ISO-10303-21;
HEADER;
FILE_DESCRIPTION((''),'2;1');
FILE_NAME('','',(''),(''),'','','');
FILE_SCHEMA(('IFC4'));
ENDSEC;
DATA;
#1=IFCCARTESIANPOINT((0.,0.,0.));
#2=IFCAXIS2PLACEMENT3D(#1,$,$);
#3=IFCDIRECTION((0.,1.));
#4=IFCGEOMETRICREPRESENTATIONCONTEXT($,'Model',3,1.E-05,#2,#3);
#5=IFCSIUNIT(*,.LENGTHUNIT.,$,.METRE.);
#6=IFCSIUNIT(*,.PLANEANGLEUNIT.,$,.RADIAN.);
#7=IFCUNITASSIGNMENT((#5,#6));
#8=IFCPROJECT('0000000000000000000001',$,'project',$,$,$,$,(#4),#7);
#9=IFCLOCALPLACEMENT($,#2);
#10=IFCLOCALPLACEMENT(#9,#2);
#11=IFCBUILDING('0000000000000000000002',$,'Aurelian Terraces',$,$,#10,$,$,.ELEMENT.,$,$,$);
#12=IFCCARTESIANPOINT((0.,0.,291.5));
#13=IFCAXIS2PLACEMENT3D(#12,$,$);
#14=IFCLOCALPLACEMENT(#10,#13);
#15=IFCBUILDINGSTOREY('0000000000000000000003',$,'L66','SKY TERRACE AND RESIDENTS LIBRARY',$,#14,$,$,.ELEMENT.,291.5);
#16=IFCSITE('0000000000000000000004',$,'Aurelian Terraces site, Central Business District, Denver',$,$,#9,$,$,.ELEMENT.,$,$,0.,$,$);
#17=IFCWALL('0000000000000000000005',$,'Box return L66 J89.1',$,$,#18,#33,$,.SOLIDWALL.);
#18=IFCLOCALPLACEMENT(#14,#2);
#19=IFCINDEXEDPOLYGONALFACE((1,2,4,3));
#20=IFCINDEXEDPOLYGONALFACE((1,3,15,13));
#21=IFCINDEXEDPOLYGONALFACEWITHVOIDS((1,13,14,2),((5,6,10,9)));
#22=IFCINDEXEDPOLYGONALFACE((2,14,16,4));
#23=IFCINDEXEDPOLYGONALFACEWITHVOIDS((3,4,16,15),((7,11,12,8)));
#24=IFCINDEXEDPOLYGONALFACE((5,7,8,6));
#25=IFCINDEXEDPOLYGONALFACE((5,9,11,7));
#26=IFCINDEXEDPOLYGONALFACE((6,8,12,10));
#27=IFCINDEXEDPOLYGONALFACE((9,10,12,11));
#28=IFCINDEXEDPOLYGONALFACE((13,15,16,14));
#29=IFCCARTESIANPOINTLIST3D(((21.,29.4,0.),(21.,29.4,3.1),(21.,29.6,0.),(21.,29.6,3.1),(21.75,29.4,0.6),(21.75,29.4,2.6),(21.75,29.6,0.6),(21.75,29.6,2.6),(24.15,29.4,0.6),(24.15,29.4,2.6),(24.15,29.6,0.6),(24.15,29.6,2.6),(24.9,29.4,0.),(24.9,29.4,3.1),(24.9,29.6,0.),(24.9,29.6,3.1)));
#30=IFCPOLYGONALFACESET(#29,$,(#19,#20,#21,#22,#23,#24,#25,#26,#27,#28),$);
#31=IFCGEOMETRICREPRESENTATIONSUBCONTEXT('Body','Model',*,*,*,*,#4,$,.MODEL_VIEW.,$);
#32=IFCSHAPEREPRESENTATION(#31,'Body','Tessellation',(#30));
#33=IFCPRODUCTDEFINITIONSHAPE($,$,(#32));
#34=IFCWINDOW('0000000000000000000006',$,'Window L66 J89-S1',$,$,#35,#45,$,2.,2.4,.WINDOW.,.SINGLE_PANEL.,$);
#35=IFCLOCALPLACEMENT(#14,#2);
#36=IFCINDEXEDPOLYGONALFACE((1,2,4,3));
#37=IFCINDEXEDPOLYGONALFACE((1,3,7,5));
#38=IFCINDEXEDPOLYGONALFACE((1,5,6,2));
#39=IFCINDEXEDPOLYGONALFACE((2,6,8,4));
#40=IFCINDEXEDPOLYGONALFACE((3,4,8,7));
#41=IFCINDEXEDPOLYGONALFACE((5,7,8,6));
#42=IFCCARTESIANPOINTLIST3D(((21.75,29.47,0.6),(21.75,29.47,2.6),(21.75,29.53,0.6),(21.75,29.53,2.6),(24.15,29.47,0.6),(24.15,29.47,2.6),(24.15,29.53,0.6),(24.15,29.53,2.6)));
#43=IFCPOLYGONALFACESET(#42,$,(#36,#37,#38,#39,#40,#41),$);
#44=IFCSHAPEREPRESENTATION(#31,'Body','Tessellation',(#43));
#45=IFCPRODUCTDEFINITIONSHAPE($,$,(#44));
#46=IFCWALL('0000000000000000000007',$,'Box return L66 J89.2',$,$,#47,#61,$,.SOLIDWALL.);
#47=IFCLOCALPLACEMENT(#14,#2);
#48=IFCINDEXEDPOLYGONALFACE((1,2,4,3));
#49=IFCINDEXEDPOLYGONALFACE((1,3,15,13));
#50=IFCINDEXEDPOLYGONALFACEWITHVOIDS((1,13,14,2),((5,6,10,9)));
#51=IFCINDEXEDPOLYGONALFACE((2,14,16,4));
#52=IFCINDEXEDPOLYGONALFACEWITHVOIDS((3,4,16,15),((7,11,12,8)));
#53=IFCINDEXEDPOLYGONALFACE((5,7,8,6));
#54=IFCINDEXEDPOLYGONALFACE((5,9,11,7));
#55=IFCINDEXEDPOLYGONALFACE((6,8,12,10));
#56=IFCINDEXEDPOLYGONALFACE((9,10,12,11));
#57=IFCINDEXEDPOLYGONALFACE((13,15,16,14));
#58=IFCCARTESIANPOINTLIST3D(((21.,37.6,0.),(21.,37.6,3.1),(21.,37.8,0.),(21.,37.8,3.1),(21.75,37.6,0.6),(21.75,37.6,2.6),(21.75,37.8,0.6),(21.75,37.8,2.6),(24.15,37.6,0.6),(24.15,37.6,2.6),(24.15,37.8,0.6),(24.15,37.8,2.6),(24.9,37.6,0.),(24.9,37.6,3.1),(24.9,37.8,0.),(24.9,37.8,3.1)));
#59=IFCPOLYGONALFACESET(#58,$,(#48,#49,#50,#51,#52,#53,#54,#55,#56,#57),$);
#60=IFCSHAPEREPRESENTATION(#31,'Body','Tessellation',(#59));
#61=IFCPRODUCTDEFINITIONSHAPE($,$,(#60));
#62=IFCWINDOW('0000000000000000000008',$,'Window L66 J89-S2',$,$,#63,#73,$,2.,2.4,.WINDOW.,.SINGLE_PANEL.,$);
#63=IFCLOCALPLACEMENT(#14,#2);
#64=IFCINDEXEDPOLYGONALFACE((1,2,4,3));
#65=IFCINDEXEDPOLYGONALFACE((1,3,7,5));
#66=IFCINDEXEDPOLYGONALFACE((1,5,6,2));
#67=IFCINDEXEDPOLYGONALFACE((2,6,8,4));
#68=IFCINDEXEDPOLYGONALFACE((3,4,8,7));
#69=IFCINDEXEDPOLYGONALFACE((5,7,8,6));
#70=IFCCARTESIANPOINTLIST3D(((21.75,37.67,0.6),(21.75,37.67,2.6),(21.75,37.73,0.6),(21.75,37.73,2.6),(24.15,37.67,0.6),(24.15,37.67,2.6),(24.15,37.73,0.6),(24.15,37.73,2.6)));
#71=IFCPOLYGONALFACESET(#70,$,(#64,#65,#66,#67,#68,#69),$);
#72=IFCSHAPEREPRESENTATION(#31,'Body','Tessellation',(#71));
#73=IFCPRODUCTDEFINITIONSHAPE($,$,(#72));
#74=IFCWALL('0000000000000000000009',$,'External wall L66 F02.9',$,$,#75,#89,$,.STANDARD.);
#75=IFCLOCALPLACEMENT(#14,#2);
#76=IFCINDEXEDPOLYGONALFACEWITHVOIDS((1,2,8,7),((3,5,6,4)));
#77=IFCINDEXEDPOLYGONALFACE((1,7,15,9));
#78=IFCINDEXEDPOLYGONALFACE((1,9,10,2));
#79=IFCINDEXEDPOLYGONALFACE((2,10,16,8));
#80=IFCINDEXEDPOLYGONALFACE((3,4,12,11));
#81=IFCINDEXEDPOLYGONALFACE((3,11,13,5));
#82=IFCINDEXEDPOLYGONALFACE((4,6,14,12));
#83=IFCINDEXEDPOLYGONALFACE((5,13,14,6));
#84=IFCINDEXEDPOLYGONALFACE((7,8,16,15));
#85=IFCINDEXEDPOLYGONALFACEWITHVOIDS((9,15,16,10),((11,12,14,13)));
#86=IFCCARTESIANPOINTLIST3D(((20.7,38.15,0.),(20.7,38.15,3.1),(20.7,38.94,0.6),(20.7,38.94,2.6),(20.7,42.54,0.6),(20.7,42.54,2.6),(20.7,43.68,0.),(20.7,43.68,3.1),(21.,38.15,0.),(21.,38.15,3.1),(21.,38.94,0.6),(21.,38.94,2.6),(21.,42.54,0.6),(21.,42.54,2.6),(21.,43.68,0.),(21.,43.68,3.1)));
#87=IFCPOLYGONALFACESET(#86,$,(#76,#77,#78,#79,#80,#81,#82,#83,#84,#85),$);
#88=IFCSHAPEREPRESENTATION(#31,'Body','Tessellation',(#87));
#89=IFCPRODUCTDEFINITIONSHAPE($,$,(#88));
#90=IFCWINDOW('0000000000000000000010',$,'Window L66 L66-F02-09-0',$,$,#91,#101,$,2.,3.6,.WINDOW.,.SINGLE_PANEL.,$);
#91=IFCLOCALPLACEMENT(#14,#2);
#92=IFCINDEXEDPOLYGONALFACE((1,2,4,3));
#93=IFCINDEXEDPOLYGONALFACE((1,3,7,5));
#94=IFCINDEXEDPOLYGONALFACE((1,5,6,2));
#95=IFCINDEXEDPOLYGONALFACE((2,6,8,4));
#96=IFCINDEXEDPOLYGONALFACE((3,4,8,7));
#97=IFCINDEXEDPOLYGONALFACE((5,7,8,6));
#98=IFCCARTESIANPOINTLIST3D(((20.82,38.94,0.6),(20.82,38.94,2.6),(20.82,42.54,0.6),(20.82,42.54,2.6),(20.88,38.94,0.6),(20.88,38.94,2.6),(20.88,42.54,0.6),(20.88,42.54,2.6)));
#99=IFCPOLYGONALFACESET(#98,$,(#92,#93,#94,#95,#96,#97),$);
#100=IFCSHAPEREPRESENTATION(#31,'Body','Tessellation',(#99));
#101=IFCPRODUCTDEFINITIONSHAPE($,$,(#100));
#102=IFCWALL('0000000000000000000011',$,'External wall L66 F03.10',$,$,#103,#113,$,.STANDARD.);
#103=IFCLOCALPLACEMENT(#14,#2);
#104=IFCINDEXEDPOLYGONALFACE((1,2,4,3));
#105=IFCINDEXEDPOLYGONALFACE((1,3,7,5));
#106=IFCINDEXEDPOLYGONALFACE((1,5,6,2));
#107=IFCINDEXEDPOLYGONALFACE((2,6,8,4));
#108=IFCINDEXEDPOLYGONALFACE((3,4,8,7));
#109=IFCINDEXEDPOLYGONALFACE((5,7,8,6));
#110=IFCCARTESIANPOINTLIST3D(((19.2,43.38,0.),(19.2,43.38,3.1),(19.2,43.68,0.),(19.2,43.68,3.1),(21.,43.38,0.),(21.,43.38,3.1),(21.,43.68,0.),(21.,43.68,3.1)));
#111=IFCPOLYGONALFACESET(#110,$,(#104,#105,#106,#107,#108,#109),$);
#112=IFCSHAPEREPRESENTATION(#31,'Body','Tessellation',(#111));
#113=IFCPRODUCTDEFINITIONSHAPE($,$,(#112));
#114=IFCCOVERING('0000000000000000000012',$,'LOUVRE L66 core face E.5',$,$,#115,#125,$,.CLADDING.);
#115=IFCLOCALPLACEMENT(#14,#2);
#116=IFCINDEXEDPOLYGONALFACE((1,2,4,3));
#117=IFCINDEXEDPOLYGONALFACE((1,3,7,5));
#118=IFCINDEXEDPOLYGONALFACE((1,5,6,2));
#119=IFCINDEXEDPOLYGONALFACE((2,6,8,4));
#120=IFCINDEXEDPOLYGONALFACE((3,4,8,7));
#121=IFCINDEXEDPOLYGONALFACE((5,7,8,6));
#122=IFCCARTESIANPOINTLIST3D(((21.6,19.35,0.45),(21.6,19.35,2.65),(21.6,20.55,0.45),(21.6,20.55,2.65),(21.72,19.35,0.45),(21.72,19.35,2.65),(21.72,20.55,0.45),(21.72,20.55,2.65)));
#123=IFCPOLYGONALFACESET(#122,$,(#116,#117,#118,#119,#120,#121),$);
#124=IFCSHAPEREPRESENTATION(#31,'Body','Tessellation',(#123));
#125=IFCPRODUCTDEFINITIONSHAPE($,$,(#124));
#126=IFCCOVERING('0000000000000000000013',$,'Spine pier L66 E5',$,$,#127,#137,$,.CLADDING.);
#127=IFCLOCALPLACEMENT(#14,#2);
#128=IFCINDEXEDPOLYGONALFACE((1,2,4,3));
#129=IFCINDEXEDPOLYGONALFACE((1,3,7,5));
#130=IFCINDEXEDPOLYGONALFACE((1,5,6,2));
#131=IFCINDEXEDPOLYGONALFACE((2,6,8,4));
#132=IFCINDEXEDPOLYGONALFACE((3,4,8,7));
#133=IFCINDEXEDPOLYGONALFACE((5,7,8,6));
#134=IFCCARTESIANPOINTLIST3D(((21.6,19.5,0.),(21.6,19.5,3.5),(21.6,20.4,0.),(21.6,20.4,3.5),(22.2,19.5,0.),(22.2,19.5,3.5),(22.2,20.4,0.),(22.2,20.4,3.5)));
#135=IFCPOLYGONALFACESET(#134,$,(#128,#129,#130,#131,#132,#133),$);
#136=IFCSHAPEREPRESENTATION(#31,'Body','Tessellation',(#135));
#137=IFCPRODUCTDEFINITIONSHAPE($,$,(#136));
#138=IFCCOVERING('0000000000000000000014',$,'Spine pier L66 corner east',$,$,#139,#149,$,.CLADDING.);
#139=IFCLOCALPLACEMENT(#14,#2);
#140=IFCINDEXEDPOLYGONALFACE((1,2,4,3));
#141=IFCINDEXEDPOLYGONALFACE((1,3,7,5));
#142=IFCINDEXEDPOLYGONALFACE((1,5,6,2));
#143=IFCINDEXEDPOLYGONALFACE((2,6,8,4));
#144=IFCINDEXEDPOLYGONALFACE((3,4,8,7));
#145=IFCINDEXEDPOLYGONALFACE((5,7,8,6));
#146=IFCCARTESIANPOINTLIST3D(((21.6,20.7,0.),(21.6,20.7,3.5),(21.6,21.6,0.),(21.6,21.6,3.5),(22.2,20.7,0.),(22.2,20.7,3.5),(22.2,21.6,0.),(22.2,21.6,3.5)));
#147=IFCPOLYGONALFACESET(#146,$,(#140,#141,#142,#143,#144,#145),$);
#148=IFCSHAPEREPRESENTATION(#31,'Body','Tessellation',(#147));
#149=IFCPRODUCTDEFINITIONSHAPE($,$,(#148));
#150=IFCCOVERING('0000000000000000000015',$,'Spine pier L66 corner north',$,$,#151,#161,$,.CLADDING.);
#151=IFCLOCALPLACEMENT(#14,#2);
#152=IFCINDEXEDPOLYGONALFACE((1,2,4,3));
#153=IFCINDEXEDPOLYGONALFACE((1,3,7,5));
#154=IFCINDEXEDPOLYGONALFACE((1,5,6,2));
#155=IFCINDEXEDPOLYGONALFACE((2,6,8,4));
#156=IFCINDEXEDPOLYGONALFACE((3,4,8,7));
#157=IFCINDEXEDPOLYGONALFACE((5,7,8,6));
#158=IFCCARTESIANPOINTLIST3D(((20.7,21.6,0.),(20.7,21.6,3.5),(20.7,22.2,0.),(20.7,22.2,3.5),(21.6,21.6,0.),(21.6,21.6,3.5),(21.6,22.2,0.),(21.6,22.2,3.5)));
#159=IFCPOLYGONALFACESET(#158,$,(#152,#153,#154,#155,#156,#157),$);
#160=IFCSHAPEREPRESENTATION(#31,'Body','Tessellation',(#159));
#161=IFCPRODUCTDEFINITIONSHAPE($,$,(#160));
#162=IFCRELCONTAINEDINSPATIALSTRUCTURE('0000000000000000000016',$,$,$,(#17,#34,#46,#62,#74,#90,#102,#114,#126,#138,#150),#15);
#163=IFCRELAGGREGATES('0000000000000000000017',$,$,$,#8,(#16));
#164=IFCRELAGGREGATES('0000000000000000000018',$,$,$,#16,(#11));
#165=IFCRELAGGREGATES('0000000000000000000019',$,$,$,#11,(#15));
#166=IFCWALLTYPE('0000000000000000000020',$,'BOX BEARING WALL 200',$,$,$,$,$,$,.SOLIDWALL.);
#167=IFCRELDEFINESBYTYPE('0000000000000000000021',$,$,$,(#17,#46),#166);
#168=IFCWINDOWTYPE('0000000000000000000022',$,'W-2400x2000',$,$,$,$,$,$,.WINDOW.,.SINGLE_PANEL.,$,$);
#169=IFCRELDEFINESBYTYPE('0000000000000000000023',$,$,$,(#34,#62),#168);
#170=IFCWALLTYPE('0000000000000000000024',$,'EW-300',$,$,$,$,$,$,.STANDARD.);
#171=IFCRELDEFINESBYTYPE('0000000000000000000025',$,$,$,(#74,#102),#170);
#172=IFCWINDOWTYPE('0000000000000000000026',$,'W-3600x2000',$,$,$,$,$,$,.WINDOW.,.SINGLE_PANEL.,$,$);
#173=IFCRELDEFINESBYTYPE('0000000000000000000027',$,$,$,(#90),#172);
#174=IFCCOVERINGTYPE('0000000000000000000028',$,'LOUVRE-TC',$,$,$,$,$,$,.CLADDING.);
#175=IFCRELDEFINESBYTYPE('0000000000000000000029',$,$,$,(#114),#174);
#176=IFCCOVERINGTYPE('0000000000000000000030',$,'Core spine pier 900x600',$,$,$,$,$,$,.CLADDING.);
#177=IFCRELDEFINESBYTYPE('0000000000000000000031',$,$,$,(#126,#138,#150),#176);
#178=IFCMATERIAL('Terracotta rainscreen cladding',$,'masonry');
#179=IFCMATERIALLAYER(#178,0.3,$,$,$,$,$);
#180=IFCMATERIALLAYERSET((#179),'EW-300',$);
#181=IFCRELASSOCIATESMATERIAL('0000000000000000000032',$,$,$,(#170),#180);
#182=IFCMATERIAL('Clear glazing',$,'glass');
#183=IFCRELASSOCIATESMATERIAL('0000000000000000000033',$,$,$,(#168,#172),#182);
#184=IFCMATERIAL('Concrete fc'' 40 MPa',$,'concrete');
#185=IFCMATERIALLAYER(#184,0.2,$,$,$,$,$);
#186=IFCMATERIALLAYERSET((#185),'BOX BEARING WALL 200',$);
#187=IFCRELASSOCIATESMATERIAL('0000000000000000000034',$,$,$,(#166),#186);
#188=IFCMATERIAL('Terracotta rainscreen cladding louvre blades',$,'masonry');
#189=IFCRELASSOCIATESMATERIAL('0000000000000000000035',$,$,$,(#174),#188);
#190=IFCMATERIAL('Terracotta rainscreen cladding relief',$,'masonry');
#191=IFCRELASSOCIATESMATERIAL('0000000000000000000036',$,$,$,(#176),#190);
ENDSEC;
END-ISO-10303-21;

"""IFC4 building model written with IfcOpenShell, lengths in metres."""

from ifc_helpers import new_model, si_unit, direction, frame, frame_2d, origin, origin_2d, place, context, subcontext, project, spatial, rectangle, extrude, source, transform, mapped, material, layer, layer_set, type_object, element, fill, save


model = new_model("IFC4")

# Units and contexts
model_context = context("Model", 3, precision=1e-05, world=origin(), true_north=direction((0.0, 1.0)))
body_context = subcontext(model_context, "Body", "Model", "MODEL_VIEW")
ifc_project = project(units=[si_unit("LENGTHUNIT", "METRE"), si_unit("PLANEANGLEUNIT", "RADIAN")], contexts=[model_context])

# Site, building, storey
site_placement = place(None, origin())
site = spatial("IfcSite", under=ifc_project, at=site_placement, Name="Aurelian Terraces site, Central Business District, Denver", CompositionType="ELEMENT", RefElevation=0.0)
building_placement = place(site_placement, origin())
building = spatial("IfcBuilding", under=site, at=building_placement, Name="Aurelian Terraces", CompositionType="ELEMENT")
storey_placement = place(building_placement, frame((0.0, 0.0, 291.5)))
storey = spatial("IfcBuildingStorey", under=building, at=storey_placement, Name="L66", Description="SKY TERRACE AND RESIDENTS LIBRARY", CompositionType="ELEMENT", Elevation=291.5)

# Shared definitions
ifc_material_1 = material(Name="Concrete fc' 40 MPa", Category="concrete")
ifc_material_2 = material(Name="Clear glazing", Category="glass")

# Shared definitions
ifc_material_3 = material(Name="Terracotta rainscreen cladding", Category="masonry")
ifc_layer_1 = layer(ifc_material_3, 0.3)
ifc_layer_set_1 = layer_set([ifc_layer_1], Name="EW-300")
wall_type_1 = type_object("IfcWallType", Name="EW-300", PredefinedType="STANDARD", material=ifc_layer_set_1)

# Shared definitions
window_type_1 = type_object("IfcWindowType", Name="W-2400x2000", PartitioningType="SINGLE_PANEL", PredefinedType="WINDOW", material=ifc_material_2)
shared_shape_1 = source(origin(), body_context, "Body", "SweptSolid", [
    extrude(rectangle(XDim=2.4, YDim=2.0, at=frame_2d((1.2, 1.0))), frame((0.0, 0.03, 0.0), z_axis=(0.0, -1.0, 0.0), x_axis=(1.0, 0.0, 0.0)), (0.0, 0.0, 1.0), 0.06),
])

# Walls, openings, windows
ifc_layer_2 = layer(ifc_material_1, 0.2)
ifc_layer_set_2 = layer_set([ifc_layer_2], Name="BOX BEARING WALL 200")
wall_type_2 = type_object("IfcWallType", Name="BOX BEARING WALL 200", PredefinedType="SOLIDWALL", material=ifc_layer_set_2)
shared_shape_2 = source(origin(), body_context, "Body", "SweptSolid", [
    extrude(rectangle(XDim=3.9, YDim=0.2, at=frame_2d((1.95, 0.0))), origin(), (0.0, 0.0, 1.0), 3.1),
])
wall_1_placement = place(storey_placement, frame((21.0, 29.5, 0.0), z_axis=(0.0, 0.0, 1.0), x_axis=(1.0, 0.0, 0.0)))
wall_1 = element("IfcWall", 1, at=wall_1_placement, inside=storey, type_object=wall_type_2, Name="Box return L66 J89.1", PredefinedType="SOLIDWALL", context=body_context, shape_type="MappedRepresentation", body=[
    mapped(shared_shape_2, transform((0.0, 0.0, 0.0), scale=1.0)),
])
shared_shape_3 = source(origin(), body_context, "Body", "SweptSolid", [
    extrude(rectangle(XDim=2.4, YDim=2.0, at=frame_2d((1.2, 1.0))), frame((0.0, 0.11, 0.0), z_axis=(0.0, -1.0, 0.0), x_axis=(1.0, 0.0, 0.0)), (0.0, 0.0, 1.0), 0.22),
])
opening_1_placement = place(wall_1_placement, frame((0.75, 0.0, 0.6)))
opening_1 = element("IfcOpeningElement", 2, at=opening_1_placement, cuts=wall_1, PredefinedType="OPENING", context=body_context, shape_type="MappedRepresentation", body=[
    mapped(shared_shape_3, transform((0.0, 0.0, 0.0), scale=1.0)),
])
window_1_placement = place(opening_1_placement, origin())
window_1 = element("IfcWindow", 3, at=window_1_placement, inside=storey, type_object=window_type_1, Name="Window L66 J89-S1", OverallHeight=2.0, OverallWidth=2.4, PartitioningType="SINGLE_PANEL", PredefinedType="WINDOW", context=body_context, shape_type="MappedRepresentation", body=[
    mapped(shared_shape_1, transform((0.0, 0.0, 0.0), scale=1.0)),
])
fill(opening_1, window_1)
wall_2_placement = place(storey_placement, frame((21.0, 37.7, 0.0), z_axis=(0.0, 0.0, 1.0), x_axis=(1.0, 0.0, 0.0)))
wall_2 = element("IfcWall", 4, at=wall_2_placement, inside=storey, type_object=wall_type_2, Name="Box return L66 J89.2", PredefinedType="SOLIDWALL", context=body_context, shape_type="MappedRepresentation", body=[
    mapped(shared_shape_2, transform((0.0, 0.0, 0.0), scale=1.0)),
])
opening_2_placement = place(wall_2_placement, frame((0.75, 0.0, 0.6)))
opening_2 = element("IfcOpeningElement", 5, at=opening_2_placement, cuts=wall_2, PredefinedType="OPENING", context=body_context, shape_type="MappedRepresentation", body=[
    mapped(shared_shape_3, transform((0.0, 0.0, 0.0), scale=1.0)),
])
window_2_placement = place(opening_2_placement, origin())
window_2 = element("IfcWindow", 6, at=window_2_placement, inside=storey, type_object=window_type_1, Name="Window L66 J89-S2", OverallHeight=2.0, OverallWidth=2.4, PartitioningType="SINGLE_PANEL", PredefinedType="WINDOW", context=body_context, shape_type="MappedRepresentation", body=[
    mapped(shared_shape_1, transform((0.0, 0.0, 0.0), scale=1.0)),
])
fill(opening_2, window_2)
shared_shape_4 = source(origin(), body_context, "Body", "SweptSolid", [
    extrude(rectangle(XDim=5.53, YDim=0.3, at=frame_2d((2.765, 0.0))), origin(), (0.0, 0.0, 1.0), 3.1),
])
wall_3_placement = place(storey_placement, frame((20.85, 38.15, 0.0), z_axis=(0.0, 0.0, 1.0), x_axis=(0.0, 1.0, 0.0)))
wall_3 = element("IfcWall", 7, at=wall_3_placement, inside=storey, type_object=wall_type_1, Name="External wall L66 F02.9", PredefinedType="STANDARD", context=body_context, shape_type="MappedRepresentation", body=[
    mapped(shared_shape_4, transform((0.0, 0.0, 0.0), scale=1.0)),
])
shared_shape_5 = source(origin(), body_context, "Body", "SweptSolid", [
    extrude(rectangle(XDim=3.6, YDim=2.0, at=frame_2d((1.8, 1.0))), frame((0.0, 0.16, 0.0), z_axis=(0.0, -1.0, 0.0), x_axis=(1.0, 0.0, 0.0)), (0.0, 0.0, 1.0), 0.32),
])
opening_3_placement = place(wall_3_placement, frame((0.79, 0.0, 0.6)))
opening_3 = element("IfcOpeningElement", 8, at=opening_3_placement, cuts=wall_3, PredefinedType="OPENING", context=body_context, shape_type="MappedRepresentation", body=[
    mapped(shared_shape_5, transform((0.0, 0.0, 0.0), scale=1.0)),
])
window_type_2 = type_object("IfcWindowType", Name="W-3600x2000", PartitioningType="SINGLE_PANEL", PredefinedType="WINDOW", material=ifc_material_2)
shared_shape_6 = source(origin(), body_context, "Body", "SweptSolid", [
    extrude(rectangle(XDim=3.6, YDim=2.0, at=frame_2d((1.8, 1.0))), frame((0.0, 0.03, 0.0), z_axis=(0.0, -1.0, 0.0), x_axis=(1.0, 0.0, 0.0)), (0.0, 0.0, 1.0), 0.06),
])
window_3_placement = place(opening_3_placement, origin())
window_3 = element("IfcWindow", 9, at=window_3_placement, inside=storey, type_object=window_type_2, Name="Window L66 L66-F02-09-0", OverallHeight=2.0, OverallWidth=3.6, PartitioningType="SINGLE_PANEL", PredefinedType="WINDOW", context=body_context, shape_type="MappedRepresentation", body=[
    mapped(shared_shape_6, transform((0.0, 0.0, 0.0), scale=1.0)),
])
fill(opening_3, window_3)

# Wall
shared_shape_7 = source(origin(), body_context, "Body", "SweptSolid", [
    extrude(rectangle(XDim=1.8, YDim=0.3, at=frame_2d((0.9, 0.0))), origin(), (0.0, 0.0, 1.0), 3.1),
])
wall_4_placement = place(storey_placement, frame((21.0, 43.53, 0.0), z_axis=(0.0, 0.0, 1.0), x_axis=(-1.0, 0.0, 0.0)))
element("IfcWall", 10, at=wall_4_placement, inside=storey, type_object=wall_type_1, Name="External wall L66 F03.10", PredefinedType="STANDARD", context=body_context, shape_type="MappedRepresentation", body=[
    mapped(shared_shape_7, transform((0.0, 0.0, 0.0), scale=1.0)),
])

# Coverings
ifc_material_4 = material(Name="Terracotta rainscreen cladding louvre blades", Category="masonry")
covering_type_1 = type_object("IfcCoveringType", Name="LOUVRE-TC", PredefinedType="CLADDING", material=ifc_material_4)
shared_shape_8 = source(origin(), body_context, "Body", "SweptSolid", [
    extrude(rectangle(XDim=0.12, YDim=1.2, at=origin_2d()), origin(), (0.0, 0.0, 1.0), 2.2),
])
covering_1_placement = place(storey_placement, frame((21.66, 19.95, 0.45), z_axis=(0.0, 0.0, 1.0), x_axis=(1.0, 0.0, 0.0)))
element("IfcCovering", 11, at=covering_1_placement, inside=storey, type_object=covering_type_1, Name="LOUVRE L66 core face E.5", PredefinedType="CLADDING", context=body_context, shape_type="MappedRepresentation", body=[
    mapped(shared_shape_8, transform((0.0, 0.0, 0.0), scale=1.0)),
])
ifc_material_5 = material(Name="Terracotta rainscreen cladding relief", Category="masonry")
covering_type_2 = type_object("IfcCoveringType", Name="Core spine pier 900x600", PredefinedType="CLADDING", material=ifc_material_5)
shared_shape_9 = source(origin(), body_context, "Body", "SweptSolid", [
    extrude(rectangle(XDim=0.6, YDim=0.9, at=origin_2d()), origin(), (0.0, 0.0, 1.0), 3.5),
])
for number, where, z_axis, x_axis, name in (
    (12, (21.9, 19.95, 0.0), (0.0, 0.0, 1.0), (1.0, 0.0, 0.0), "Spine pier L66 E5"),
    (13, (21.9, 21.15, 0.0), (0.0, 0.0, 1.0), (1.0, 0.0, 0.0), "Spine pier L66 corner east"),
):
    element("IfcCovering", number, at=place(storey_placement, frame(where, z_axis=z_axis, x_axis=x_axis)), inside=storey, type_object=covering_type_2, Name=name, PredefinedType="CLADDING", context=body_context, shape_type="MappedRepresentation", body=[
        mapped(shared_shape_9, transform((0.0, 0.0, 0.0), scale=1.0)),
    ])
shared_shape_10 = source(origin(), body_context, "Body", "SweptSolid", [
    extrude(rectangle(XDim=0.9, YDim=0.6, at=origin_2d()), origin(), (0.0, 0.0, 1.0), 3.5),
])
covering_2_placement = place(storey_placement, frame((21.15, 21.9, 0.0), z_axis=(0.0, 0.0, 1.0), x_axis=(1.0, 0.0, 0.0)))
element("IfcCovering", 14, at=covering_2_placement, inside=storey, type_object=covering_type_2, Name="Spine pier L66 corner north", PredefinedType="CLADDING", context=body_context, shape_type="MappedRepresentation", body=[
    mapped(shared_shape_10, transform((0.0, 0.0, 0.0), scale=1.0)),
])

save(model, "model.ifc")
